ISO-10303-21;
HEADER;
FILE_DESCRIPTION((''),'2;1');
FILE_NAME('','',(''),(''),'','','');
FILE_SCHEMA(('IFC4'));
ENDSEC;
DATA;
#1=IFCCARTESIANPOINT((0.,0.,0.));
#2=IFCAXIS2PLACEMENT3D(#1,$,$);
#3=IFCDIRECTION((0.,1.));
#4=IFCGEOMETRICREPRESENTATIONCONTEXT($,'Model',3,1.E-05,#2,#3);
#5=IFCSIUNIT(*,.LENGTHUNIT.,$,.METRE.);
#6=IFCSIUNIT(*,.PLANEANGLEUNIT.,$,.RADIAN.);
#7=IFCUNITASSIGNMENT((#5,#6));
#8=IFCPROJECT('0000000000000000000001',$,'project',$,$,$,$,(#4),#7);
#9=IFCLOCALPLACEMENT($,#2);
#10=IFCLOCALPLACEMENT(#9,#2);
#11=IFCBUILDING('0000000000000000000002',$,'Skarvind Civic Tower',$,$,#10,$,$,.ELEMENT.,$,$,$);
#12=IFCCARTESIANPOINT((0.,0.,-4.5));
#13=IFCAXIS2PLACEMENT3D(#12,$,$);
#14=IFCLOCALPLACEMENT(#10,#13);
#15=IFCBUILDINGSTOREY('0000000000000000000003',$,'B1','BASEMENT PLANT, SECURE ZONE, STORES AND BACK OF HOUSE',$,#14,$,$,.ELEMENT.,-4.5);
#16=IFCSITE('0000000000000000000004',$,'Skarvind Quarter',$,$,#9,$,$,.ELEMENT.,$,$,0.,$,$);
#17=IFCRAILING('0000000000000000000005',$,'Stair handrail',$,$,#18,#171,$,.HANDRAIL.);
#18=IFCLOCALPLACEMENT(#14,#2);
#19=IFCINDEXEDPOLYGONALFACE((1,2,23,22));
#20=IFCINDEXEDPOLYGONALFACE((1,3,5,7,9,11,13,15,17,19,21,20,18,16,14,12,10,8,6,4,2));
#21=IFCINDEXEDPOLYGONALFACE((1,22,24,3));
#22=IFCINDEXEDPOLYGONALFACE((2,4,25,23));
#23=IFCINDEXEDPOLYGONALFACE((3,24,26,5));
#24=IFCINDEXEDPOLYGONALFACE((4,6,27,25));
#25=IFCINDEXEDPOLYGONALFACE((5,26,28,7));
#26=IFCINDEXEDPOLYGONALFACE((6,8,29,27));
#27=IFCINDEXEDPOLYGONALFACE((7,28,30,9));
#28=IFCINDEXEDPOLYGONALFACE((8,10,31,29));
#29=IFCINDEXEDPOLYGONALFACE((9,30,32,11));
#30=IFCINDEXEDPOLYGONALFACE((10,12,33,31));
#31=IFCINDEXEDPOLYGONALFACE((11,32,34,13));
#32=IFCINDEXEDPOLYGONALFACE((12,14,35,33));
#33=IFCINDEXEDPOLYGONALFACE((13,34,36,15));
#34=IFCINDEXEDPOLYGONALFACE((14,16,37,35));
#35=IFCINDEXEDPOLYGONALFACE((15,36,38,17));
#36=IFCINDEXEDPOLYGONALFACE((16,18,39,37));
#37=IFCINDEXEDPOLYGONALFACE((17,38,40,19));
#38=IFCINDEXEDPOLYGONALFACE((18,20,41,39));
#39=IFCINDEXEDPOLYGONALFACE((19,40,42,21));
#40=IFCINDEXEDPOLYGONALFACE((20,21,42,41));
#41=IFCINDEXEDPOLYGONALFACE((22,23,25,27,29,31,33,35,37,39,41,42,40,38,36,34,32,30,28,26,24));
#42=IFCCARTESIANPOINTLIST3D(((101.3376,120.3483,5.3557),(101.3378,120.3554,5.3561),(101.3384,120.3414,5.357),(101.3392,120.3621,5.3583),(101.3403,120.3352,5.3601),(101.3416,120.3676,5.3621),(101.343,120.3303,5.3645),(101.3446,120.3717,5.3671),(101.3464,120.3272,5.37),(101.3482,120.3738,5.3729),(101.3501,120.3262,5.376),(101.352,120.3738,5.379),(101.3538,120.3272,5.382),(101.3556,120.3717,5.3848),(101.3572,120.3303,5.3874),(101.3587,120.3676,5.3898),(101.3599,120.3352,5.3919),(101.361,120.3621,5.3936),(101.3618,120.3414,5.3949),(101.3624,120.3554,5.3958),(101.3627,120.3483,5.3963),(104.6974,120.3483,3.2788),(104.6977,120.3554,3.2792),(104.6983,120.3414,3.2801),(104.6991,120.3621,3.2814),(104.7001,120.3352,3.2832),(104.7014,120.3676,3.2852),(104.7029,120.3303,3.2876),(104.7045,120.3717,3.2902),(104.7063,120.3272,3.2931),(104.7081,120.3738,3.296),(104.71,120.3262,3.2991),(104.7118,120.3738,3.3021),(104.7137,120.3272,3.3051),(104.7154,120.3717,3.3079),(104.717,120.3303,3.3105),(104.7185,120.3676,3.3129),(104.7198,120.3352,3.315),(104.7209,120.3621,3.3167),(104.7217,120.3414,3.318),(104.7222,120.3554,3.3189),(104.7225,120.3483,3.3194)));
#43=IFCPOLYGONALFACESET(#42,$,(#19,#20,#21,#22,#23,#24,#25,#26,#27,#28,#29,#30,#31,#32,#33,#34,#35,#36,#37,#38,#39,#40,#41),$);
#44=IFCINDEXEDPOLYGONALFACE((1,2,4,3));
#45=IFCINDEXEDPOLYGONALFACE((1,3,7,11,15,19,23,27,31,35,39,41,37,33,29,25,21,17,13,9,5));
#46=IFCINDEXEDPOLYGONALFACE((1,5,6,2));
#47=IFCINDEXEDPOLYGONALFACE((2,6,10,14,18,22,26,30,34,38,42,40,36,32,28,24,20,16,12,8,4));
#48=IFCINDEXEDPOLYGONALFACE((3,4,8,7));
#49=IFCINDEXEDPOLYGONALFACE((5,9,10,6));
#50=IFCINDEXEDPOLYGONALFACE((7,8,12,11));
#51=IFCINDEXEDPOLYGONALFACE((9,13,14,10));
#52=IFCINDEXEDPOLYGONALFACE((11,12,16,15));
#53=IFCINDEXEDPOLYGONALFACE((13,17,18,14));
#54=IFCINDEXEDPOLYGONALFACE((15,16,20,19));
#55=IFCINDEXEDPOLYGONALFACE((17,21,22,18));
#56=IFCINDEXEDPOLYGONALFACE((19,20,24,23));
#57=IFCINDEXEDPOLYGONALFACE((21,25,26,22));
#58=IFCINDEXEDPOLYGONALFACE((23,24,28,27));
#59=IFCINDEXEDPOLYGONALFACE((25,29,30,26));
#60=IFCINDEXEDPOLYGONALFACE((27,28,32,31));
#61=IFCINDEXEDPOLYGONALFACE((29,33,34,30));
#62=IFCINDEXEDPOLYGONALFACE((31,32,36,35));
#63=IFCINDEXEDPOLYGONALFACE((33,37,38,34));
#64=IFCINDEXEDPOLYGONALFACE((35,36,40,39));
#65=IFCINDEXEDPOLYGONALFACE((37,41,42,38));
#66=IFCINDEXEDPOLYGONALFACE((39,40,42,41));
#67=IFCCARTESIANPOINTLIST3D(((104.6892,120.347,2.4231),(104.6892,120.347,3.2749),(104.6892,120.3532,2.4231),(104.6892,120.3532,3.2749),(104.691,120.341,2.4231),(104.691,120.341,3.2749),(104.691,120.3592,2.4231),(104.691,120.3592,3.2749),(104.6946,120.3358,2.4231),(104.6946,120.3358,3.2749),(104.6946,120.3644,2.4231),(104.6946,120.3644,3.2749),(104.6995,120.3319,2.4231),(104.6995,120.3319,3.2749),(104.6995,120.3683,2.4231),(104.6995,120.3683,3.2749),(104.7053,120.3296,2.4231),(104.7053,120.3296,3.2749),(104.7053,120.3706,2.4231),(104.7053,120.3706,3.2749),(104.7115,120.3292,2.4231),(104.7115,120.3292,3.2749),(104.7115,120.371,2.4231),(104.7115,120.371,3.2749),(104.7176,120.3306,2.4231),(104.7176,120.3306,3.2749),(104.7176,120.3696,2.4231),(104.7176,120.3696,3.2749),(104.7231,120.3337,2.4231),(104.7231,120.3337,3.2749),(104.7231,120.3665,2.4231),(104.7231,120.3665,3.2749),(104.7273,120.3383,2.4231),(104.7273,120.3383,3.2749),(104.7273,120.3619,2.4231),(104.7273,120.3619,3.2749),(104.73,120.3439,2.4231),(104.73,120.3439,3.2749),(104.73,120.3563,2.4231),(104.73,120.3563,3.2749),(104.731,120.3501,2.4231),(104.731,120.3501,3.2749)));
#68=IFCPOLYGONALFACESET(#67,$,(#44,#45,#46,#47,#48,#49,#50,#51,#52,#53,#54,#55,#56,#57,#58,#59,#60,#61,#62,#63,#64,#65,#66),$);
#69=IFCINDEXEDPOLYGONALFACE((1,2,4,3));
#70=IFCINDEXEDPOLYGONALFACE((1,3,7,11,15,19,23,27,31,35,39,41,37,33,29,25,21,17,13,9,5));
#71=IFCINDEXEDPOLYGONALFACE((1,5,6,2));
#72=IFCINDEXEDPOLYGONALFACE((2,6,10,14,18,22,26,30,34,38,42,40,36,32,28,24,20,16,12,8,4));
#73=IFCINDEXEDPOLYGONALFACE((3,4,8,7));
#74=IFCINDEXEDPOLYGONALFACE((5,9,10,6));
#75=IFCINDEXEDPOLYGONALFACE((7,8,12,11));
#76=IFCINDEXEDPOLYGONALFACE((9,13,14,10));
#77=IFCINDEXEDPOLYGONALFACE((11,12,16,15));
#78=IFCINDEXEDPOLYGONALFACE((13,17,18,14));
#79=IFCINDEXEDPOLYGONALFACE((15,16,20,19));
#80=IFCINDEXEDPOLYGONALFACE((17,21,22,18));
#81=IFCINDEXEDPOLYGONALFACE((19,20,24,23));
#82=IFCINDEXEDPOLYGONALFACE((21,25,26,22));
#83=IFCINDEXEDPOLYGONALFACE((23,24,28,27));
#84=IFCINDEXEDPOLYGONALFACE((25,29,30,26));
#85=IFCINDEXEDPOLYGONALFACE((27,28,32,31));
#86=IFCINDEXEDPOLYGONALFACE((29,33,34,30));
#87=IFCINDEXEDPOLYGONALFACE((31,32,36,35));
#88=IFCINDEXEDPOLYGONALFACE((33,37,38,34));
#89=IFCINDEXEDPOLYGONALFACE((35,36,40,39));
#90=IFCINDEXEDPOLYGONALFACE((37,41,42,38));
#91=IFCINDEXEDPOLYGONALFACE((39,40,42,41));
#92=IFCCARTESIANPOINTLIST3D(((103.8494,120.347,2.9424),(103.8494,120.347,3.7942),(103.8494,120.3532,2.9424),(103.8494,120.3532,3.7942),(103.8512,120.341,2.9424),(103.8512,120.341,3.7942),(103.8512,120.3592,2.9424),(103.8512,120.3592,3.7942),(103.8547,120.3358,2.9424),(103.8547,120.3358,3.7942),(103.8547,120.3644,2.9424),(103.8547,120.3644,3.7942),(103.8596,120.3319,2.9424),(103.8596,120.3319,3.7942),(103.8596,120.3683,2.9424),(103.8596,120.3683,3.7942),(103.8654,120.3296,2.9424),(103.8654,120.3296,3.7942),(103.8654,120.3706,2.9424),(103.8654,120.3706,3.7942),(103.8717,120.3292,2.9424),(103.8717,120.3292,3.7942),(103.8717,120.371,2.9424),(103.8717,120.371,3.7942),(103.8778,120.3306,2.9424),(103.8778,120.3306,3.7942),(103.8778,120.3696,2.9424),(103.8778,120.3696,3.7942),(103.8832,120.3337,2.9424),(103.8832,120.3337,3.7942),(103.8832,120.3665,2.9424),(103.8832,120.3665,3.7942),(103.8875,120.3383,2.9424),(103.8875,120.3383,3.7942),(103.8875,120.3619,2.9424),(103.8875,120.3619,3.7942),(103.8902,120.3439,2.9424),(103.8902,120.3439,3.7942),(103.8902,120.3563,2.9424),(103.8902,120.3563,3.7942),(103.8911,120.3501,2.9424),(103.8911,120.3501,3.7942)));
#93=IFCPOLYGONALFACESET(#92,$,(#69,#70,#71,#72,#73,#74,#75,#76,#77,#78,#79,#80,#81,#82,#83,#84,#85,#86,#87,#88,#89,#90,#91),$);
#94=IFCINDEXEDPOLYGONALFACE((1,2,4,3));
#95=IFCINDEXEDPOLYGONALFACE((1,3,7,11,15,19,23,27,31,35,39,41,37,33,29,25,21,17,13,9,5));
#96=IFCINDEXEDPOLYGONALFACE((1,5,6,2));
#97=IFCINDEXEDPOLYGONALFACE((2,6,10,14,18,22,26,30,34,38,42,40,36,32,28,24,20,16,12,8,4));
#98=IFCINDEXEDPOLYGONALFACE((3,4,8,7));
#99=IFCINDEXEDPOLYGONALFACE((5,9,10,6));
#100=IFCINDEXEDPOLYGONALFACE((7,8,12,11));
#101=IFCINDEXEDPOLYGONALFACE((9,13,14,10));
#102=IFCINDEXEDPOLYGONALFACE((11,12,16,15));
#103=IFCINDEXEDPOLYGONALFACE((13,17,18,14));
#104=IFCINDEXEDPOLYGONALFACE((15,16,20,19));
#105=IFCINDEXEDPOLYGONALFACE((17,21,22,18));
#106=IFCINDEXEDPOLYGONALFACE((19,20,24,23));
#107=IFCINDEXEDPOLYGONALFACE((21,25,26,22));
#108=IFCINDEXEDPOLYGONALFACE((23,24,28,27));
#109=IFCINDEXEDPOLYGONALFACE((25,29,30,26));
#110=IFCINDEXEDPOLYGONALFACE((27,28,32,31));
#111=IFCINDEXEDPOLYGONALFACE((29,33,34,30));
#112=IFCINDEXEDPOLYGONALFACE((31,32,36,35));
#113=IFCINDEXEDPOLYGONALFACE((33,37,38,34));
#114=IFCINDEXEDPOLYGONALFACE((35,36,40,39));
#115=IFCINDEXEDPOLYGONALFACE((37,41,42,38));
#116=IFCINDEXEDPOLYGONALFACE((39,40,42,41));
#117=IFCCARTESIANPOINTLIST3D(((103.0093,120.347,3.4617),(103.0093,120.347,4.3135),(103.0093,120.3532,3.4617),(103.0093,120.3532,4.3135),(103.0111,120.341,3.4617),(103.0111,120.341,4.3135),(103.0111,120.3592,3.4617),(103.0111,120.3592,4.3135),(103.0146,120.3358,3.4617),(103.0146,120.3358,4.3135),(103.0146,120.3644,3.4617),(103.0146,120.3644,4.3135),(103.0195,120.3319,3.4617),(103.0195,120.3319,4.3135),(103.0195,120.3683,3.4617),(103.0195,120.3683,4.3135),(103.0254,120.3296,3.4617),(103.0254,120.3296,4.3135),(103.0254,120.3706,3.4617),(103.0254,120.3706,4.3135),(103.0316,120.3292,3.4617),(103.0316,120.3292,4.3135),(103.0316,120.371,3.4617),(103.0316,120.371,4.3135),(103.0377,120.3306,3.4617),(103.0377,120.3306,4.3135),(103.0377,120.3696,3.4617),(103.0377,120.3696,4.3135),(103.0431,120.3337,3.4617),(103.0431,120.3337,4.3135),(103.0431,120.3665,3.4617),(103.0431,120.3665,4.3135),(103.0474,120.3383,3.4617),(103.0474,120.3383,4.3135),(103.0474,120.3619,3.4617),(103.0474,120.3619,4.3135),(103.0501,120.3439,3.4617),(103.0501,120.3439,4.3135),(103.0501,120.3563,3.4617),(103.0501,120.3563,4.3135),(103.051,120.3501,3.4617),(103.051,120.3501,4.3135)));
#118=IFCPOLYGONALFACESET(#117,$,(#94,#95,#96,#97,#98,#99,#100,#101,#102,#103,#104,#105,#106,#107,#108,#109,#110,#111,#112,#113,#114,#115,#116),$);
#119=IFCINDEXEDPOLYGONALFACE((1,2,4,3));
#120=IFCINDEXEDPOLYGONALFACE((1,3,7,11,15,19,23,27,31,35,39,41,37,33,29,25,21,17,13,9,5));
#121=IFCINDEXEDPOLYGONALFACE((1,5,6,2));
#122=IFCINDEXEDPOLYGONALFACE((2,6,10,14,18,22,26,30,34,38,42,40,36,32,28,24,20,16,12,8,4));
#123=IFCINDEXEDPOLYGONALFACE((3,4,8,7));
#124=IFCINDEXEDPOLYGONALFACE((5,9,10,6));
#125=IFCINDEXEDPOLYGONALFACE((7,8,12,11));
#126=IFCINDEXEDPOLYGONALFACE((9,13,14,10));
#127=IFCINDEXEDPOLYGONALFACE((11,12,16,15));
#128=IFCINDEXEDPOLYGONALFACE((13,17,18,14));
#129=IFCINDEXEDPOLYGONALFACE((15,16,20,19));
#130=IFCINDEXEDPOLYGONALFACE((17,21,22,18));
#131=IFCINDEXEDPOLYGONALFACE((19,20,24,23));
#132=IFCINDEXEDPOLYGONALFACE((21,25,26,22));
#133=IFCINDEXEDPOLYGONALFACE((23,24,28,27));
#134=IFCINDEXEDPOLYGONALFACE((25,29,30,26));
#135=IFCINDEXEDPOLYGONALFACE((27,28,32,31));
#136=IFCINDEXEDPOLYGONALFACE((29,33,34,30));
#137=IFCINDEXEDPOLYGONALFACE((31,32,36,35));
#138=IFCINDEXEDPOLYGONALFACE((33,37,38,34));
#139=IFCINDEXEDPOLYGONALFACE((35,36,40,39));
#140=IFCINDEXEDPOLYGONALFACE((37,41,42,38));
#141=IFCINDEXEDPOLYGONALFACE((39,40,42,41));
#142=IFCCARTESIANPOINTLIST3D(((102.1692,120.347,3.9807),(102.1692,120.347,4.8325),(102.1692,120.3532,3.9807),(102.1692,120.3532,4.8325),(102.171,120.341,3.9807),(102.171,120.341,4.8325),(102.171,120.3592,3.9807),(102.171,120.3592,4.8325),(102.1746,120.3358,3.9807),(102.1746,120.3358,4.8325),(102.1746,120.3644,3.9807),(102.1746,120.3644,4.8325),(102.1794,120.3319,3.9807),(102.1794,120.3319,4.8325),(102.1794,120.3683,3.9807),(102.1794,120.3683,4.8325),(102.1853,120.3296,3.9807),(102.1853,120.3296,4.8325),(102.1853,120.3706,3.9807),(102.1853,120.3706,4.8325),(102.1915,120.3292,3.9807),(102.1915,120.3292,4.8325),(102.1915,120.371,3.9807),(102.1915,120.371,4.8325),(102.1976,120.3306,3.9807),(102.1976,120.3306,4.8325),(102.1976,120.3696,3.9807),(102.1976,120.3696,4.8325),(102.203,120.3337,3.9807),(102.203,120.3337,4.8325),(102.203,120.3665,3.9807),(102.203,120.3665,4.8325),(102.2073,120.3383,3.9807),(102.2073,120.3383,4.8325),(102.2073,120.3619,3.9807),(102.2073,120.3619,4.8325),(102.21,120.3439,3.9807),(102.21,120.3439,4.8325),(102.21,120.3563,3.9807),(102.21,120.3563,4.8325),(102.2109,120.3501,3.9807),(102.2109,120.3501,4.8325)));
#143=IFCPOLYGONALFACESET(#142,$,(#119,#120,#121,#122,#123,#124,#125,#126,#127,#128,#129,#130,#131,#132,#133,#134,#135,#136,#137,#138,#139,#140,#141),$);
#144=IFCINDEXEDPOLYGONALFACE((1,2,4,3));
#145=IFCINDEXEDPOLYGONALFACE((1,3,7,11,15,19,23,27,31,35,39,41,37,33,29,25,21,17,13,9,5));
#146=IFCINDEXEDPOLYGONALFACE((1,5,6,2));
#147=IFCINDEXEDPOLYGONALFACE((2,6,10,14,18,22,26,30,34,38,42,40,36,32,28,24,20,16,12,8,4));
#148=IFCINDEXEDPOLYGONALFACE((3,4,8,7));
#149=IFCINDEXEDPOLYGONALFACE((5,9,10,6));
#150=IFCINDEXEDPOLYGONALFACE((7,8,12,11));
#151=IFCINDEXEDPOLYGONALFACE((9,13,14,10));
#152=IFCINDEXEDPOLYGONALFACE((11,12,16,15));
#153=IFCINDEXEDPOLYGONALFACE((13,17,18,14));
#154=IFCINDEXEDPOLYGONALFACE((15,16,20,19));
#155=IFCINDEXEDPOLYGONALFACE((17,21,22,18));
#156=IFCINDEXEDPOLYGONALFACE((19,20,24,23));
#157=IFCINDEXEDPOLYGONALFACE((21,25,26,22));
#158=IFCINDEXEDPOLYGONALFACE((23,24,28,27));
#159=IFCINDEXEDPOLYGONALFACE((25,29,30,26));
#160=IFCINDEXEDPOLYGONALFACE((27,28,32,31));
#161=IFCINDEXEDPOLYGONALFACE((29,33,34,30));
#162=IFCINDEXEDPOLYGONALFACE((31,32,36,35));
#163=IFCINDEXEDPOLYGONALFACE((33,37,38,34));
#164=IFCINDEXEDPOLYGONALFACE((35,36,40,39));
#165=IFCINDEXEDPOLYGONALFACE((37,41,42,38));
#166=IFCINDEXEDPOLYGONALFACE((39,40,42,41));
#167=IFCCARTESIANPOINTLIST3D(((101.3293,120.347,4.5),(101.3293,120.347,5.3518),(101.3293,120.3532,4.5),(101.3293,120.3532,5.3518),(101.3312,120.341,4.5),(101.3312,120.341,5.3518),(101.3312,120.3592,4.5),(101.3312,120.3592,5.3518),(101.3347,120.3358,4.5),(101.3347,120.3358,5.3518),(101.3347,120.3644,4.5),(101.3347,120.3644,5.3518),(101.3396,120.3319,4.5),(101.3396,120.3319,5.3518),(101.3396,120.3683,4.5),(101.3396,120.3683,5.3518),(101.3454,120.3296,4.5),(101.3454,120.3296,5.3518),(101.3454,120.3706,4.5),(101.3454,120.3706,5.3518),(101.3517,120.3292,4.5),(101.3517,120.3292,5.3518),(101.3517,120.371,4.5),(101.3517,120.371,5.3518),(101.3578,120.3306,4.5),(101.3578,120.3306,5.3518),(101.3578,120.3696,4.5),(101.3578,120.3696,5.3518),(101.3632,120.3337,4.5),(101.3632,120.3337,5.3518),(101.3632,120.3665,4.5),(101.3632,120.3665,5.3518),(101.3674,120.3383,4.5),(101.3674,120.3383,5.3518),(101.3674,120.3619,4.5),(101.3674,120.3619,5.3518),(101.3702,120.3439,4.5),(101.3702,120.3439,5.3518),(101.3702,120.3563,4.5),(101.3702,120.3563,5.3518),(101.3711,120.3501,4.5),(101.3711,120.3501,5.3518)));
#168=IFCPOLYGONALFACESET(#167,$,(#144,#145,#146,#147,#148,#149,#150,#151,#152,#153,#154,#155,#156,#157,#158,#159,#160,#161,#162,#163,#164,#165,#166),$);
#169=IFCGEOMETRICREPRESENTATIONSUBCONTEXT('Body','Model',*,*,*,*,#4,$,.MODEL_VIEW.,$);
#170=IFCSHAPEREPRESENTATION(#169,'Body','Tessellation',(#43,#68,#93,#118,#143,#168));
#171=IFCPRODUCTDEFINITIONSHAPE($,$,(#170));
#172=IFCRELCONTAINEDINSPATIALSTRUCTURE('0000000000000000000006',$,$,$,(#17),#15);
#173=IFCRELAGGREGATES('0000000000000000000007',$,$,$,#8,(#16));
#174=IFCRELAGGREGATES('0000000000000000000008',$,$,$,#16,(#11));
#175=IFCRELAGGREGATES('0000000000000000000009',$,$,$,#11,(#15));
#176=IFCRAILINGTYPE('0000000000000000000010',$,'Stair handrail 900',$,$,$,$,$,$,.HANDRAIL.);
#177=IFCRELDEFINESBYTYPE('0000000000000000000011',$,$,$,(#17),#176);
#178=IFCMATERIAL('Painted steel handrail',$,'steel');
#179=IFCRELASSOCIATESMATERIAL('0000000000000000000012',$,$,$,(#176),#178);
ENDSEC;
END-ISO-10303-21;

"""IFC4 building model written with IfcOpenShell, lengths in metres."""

from ifc_helpers import new_model, si_unit, direction, frame, origin, origin_2d, place, context, subcontext, project, spatial, circle, extrude, material, type_object, element, save


model = new_model("IFC4")

# Units and contexts
model_context = context("Model", 3, precision=1e-05, world=origin(), true_north=direction((0.0, 1.0)))
body_context = subcontext(model_context, "Body", "Model", "MODEL_VIEW")
ifc_project = project(units=[si_unit("LENGTHUNIT", "METRE"), si_unit("PLANEANGLEUNIT", "RADIAN")], contexts=[model_context])

# Site, building, storey
site_placement = place(None, origin())
site = spatial("IfcSite", under=ifc_project, at=site_placement, Name="Skarvind Quarter", CompositionType="ELEMENT", RefElevation=0.0)
building_placement = place(site_placement, origin())
building = spatial("IfcBuilding", under=site, at=building_placement, Name="Skarvind Civic Tower", CompositionType="ELEMENT")
storey_placement = place(building_placement, frame((0.0, 0.0, -4.5)))
storey = spatial("IfcBuildingStorey", under=building, at=storey_placement, Name="B1", Description="BASEMENT PLANT, SECURE ZONE, STORES AND BACK OF HOUSE", CompositionType="ELEMENT", Elevation=-4.5)

# Railing
ifc_material_1 = material(Name="Painted steel handrail", Category="steel")
railing_type = type_object("IfcRailingType", Name="Stair handrail 900", PredefinedType="HANDRAIL", material=ifc_material_1)
railing_1_placement = place(storey_placement, frame((104.71, 120.3501, 2.4231)))
element("IfcRailing", 1, at=railing_1_placement, inside=storey, type_object=railing_type, Name="Stair handrail", PredefinedType="HANDRAIL", context=body_context, shape_type="SweptSolid", body=[
    extrude(circle(Radius=0.0239, at=origin_2d()), frame((0.0, 0.0, 0.876), z_axis=(-0.850606, 0.0, 0.525803), x_axis=(0.0, -1.0, 0.0)), (0.0, 0.0, 1.0), 3.95),
    extrude(circle(Radius=0.021, at=origin_2d()), origin(), (0.0, 0.0, 1.0), 0.8518),
    extrude(circle(Radius=0.021, at=origin_2d()), frame((-0.8398, 0.0, 0.5193)), (0.0, 0.0, 1.0), 0.8518),
    extrude(circle(Radius=0.021, at=origin_2d()), frame((-1.6799, 0.0, 1.0386)), (0.0, 0.0, 1.0), 0.8518),
    extrude(circle(Radius=0.021, at=origin_2d()), frame((-2.52, 0.0, 1.5576)), (0.0, 0.0, 1.0), 0.8518),
    extrude(circle(Radius=0.021, at=origin_2d()), frame((-3.3599, 0.0, 2.0769)), (0.0, 0.0, 1.0), 0.8518),
])

save(model, "model.ifc")
